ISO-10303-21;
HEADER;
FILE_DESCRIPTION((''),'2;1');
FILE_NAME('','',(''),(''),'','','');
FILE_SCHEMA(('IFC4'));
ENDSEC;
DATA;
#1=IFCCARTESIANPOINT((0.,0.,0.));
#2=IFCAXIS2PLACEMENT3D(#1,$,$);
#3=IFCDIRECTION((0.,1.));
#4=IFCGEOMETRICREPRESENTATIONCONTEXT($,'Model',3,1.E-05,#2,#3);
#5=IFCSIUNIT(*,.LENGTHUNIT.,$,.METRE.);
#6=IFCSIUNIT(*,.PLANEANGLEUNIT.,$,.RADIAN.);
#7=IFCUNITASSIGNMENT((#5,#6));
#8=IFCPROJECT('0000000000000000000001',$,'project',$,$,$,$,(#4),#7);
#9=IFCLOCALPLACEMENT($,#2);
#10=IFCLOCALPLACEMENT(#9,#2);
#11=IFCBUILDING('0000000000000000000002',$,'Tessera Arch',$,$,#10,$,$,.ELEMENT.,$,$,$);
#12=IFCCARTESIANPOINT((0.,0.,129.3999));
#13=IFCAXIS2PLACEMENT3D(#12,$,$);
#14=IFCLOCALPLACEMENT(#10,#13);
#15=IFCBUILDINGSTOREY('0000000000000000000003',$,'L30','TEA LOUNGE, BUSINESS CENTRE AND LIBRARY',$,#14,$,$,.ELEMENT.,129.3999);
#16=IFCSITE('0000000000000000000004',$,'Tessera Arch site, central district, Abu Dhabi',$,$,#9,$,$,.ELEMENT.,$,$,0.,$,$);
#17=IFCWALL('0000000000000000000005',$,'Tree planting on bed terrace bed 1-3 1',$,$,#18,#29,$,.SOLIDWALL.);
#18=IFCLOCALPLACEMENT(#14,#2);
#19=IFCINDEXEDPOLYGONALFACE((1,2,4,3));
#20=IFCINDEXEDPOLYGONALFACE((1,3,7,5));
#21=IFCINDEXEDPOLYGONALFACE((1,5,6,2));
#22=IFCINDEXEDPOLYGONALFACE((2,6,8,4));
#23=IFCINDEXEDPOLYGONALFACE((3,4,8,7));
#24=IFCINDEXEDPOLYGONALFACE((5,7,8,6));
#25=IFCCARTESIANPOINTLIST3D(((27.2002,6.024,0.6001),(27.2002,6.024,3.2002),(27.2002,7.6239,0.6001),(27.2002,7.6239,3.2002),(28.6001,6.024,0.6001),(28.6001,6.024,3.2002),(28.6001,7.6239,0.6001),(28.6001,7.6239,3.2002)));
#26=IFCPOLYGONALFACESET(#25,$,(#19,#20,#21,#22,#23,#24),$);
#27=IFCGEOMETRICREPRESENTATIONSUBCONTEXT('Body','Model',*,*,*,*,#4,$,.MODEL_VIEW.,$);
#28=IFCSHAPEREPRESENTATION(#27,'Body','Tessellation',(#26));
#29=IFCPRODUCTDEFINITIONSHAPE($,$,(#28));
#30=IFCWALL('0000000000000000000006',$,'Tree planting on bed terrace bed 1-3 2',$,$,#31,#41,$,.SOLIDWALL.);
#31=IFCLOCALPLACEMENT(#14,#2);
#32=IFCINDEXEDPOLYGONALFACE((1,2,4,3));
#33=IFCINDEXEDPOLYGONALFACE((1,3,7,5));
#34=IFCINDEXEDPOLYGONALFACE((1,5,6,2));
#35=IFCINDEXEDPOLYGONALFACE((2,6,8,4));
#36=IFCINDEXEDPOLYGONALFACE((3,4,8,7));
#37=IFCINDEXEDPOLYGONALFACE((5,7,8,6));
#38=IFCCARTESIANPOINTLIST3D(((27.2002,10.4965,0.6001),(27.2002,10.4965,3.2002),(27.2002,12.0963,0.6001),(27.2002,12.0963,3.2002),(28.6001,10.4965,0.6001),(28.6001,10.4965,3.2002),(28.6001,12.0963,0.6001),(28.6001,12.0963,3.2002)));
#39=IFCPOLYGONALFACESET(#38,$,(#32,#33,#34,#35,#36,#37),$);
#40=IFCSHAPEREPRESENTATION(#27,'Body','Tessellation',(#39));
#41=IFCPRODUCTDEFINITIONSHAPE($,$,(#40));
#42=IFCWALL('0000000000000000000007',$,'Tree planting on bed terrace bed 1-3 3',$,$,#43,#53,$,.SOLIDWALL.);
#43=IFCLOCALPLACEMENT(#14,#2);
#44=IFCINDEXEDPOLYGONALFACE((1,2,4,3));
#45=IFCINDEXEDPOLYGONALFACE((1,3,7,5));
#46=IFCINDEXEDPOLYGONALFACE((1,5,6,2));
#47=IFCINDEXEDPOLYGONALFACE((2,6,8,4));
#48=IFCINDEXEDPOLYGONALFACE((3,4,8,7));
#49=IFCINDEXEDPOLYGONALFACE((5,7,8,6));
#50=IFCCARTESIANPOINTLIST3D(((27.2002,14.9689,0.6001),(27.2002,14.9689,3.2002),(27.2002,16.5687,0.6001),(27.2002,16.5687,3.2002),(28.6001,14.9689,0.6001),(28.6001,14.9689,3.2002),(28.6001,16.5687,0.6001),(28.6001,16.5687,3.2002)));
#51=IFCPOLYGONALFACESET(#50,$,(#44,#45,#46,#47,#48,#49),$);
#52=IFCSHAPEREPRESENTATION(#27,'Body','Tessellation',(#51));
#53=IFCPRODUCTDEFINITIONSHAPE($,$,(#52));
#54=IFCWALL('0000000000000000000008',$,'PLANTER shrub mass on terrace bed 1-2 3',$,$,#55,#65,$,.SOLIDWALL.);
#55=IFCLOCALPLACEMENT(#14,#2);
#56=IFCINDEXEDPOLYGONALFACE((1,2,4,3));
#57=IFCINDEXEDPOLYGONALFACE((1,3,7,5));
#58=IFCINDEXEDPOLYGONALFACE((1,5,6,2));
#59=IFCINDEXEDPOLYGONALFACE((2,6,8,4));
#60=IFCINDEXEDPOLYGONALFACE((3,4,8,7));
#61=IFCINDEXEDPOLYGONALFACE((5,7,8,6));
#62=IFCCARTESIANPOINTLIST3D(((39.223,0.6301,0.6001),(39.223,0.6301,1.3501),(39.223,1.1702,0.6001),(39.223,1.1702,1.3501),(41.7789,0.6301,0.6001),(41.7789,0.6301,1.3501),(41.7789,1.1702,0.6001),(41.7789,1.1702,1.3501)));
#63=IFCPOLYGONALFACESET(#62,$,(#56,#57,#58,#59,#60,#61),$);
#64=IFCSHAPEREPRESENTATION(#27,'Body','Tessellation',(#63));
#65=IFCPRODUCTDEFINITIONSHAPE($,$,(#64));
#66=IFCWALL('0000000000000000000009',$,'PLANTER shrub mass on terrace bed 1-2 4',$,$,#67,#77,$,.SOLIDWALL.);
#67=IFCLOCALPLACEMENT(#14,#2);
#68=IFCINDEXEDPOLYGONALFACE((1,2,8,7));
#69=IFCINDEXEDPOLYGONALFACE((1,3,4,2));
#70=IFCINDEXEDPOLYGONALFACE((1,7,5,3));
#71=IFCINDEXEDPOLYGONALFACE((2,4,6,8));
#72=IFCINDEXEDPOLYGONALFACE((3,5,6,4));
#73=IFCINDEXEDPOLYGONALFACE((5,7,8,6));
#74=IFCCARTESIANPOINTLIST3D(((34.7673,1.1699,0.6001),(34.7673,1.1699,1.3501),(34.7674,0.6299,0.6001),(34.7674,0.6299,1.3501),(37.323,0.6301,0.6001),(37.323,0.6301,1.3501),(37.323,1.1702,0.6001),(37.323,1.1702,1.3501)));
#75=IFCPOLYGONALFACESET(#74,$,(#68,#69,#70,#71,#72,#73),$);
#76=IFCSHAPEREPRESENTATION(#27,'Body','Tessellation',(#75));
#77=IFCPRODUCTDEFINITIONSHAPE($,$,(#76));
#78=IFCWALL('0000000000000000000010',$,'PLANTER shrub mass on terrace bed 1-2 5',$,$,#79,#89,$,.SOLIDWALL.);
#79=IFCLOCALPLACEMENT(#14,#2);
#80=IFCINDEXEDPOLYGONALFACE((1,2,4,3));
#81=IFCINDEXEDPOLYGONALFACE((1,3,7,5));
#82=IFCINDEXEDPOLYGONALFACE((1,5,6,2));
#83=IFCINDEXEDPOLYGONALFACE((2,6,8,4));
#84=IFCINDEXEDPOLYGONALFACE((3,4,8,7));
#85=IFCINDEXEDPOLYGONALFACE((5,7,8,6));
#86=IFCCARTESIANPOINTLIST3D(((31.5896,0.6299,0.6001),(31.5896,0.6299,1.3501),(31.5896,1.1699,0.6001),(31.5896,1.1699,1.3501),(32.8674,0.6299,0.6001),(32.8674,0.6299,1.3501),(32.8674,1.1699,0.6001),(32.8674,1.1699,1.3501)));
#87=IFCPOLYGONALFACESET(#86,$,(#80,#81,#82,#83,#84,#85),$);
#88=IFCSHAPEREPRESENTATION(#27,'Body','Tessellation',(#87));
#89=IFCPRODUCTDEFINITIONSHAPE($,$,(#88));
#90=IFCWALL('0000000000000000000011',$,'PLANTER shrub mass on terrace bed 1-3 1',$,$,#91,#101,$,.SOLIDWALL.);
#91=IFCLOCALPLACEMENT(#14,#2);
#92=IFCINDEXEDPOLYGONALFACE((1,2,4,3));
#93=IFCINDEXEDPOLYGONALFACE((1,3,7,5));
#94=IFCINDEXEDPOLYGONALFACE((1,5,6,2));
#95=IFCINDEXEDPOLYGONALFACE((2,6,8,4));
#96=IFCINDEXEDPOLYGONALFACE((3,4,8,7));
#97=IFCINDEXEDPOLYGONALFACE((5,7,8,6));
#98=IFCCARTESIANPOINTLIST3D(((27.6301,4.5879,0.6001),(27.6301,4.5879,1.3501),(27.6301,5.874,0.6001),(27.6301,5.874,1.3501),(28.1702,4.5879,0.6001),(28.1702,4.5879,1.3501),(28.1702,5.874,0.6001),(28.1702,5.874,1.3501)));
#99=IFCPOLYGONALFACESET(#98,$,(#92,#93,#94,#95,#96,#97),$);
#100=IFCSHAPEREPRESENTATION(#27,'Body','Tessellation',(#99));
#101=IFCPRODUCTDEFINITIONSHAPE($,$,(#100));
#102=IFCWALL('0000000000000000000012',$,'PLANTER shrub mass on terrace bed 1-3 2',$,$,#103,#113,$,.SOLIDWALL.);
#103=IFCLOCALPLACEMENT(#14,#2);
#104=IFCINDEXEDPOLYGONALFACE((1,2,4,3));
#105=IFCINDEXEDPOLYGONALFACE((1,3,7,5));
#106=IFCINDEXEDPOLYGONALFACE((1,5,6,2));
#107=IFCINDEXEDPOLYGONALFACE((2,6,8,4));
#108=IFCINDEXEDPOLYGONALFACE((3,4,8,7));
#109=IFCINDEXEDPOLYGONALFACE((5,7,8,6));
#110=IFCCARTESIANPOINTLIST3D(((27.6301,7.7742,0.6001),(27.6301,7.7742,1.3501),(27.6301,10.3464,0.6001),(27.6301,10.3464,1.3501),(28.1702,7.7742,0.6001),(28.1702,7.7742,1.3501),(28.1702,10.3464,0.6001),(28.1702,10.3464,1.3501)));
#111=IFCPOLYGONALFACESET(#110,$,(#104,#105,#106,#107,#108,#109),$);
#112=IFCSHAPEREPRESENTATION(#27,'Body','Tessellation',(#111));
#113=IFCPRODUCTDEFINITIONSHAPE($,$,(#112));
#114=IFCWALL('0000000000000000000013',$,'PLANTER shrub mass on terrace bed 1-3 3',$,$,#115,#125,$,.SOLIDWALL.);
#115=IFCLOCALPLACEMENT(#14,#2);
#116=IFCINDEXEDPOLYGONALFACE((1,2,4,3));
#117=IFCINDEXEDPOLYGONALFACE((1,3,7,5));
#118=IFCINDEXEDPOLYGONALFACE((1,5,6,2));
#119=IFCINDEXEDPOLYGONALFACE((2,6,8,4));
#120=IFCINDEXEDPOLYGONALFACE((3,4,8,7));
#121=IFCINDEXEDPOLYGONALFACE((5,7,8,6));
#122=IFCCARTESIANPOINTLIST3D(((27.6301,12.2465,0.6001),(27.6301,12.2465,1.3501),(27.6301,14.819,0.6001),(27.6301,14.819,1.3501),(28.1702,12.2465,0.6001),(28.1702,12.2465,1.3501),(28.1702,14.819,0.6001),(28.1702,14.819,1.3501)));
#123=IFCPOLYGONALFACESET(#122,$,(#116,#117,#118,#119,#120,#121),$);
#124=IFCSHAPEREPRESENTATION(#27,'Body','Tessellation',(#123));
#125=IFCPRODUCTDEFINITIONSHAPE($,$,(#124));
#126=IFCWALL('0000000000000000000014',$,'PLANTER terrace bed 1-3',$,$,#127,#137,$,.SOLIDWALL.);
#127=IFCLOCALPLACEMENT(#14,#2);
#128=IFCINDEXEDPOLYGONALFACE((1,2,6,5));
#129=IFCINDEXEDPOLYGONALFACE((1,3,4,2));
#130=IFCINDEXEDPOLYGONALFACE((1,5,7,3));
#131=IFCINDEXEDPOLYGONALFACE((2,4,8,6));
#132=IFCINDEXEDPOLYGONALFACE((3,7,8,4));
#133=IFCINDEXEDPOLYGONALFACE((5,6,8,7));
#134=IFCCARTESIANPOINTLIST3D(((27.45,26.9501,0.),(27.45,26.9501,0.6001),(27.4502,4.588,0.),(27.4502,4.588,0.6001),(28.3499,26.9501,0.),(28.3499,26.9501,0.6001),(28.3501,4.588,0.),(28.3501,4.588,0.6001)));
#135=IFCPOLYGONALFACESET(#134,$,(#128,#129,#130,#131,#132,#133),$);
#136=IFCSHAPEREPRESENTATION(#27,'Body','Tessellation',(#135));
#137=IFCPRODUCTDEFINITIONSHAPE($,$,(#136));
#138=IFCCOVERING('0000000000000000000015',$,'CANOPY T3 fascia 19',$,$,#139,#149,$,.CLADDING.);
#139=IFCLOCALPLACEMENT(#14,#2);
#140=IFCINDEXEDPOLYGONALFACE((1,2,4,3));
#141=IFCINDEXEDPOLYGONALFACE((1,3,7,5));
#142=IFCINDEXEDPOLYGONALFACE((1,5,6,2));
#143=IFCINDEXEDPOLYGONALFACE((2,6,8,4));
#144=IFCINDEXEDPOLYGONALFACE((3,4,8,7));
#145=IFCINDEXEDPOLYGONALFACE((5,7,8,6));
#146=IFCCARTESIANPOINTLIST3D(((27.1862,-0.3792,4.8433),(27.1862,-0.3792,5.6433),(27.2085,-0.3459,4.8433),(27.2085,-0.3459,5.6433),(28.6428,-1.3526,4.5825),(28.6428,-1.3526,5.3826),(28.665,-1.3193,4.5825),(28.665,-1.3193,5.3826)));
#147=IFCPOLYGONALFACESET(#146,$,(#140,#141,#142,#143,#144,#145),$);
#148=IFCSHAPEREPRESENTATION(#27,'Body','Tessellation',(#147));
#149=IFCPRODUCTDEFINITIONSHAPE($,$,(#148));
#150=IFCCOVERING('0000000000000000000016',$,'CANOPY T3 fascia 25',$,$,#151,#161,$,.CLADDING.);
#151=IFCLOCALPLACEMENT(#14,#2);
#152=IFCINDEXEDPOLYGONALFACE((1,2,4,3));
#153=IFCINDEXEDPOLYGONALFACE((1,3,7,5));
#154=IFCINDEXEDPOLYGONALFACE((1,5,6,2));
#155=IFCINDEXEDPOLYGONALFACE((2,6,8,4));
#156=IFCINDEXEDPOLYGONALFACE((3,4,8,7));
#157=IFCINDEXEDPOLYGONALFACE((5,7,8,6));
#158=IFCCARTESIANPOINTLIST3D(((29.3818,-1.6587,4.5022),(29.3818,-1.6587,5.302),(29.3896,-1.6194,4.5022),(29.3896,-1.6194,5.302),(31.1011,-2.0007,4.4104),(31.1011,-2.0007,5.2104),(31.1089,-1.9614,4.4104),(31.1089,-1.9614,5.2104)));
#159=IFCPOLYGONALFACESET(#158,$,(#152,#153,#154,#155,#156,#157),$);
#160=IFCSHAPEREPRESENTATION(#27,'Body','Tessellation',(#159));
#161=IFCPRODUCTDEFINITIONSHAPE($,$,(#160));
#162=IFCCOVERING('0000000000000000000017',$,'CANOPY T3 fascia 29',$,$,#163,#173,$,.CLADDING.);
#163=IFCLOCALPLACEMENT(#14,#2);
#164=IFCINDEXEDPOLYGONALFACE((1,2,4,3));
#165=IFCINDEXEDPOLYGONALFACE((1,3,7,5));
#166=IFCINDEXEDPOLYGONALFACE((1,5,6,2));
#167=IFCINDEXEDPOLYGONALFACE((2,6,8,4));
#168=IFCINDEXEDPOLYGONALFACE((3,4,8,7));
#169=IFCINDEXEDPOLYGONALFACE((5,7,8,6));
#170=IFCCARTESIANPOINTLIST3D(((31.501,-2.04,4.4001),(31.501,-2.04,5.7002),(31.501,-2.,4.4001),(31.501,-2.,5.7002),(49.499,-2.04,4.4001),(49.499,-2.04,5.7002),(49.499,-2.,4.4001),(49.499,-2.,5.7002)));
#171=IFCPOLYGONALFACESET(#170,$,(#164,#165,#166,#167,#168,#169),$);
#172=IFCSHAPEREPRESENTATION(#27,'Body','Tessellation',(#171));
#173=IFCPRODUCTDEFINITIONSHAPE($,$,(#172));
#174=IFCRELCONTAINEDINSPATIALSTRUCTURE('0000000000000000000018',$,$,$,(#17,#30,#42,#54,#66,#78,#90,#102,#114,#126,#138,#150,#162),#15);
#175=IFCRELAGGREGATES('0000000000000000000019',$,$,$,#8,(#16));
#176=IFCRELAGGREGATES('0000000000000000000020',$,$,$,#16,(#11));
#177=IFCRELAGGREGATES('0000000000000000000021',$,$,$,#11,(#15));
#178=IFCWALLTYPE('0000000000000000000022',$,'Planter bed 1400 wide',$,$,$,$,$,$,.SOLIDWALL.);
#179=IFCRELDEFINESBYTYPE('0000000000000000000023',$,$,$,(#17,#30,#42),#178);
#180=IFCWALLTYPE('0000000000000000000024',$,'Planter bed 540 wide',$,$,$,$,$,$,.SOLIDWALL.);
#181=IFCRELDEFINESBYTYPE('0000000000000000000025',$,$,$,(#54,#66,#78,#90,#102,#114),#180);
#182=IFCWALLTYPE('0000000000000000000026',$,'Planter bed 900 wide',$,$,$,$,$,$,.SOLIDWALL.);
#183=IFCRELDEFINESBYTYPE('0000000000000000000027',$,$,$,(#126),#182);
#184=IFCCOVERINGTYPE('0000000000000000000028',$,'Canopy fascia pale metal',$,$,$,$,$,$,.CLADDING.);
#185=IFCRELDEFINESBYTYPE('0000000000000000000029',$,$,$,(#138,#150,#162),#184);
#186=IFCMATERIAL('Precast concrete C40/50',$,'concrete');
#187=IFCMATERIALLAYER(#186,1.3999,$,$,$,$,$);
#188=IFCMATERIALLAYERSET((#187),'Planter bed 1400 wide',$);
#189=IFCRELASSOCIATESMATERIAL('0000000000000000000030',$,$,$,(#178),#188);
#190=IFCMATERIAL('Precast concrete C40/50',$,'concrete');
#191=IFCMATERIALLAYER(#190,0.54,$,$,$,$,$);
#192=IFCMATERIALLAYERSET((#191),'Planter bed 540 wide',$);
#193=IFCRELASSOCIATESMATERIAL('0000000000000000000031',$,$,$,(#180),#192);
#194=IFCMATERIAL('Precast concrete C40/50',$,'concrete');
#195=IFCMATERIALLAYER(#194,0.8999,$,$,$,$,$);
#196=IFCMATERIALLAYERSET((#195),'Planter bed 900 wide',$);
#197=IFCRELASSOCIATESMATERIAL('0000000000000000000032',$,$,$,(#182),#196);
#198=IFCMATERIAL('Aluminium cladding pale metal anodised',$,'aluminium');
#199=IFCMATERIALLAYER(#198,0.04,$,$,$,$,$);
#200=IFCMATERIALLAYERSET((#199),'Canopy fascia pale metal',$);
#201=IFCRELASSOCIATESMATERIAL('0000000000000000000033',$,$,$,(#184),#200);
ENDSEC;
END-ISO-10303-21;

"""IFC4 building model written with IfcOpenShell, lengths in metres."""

from ifc_helpers import new_model, si_unit, direction, frame, frame_2d, origin, place, context, subcontext, project, spatial, polyline, rectangle, outline, extrude, material, layer, layer_set, type_object, element, save


model = new_model("IFC4")

# Units and contexts
model_context = context("Model", 3, precision=1e-05, world=origin(), true_north=direction((0.0, 1.0)))
body_context = subcontext(model_context, "Body", "Model", "MODEL_VIEW")
ifc_project = project(units=[si_unit("LENGTHUNIT", "METRE"), si_unit("PLANEANGLEUNIT", "RADIAN")], contexts=[model_context])

# Site, building, storey
site_placement = place(None, origin())
site = spatial("IfcSite", under=ifc_project, at=site_placement, Name="Tessera Arch site, central district, Abu Dhabi", CompositionType="ELEMENT", RefElevation=0.0)
building_placement = place(site_placement, origin())
building = spatial("IfcBuilding", under=site, at=building_placement, Name="Tessera Arch", CompositionType="ELEMENT")
storey_placement = place(building_placement, frame((0.0, 0.0, 129.3999)))
storey = spatial("IfcBuildingStorey", under=building, at=storey_placement, Name="L30", Description="TEA LOUNGE, BUSINESS CENTRE AND LIBRARY", CompositionType="ELEMENT", Elevation=129.3999)

# Walls
ifc_material_1 = material(Name="Precast concrete C40/50", Category="concrete")
ifc_layer_1 = layer(ifc_material_1, 1.3999)
ifc_layer_set_1 = layer_set([ifc_layer_1], Name="Planter bed 1400 wide")
wall_type_1 = type_object("IfcWallType", Name="Planter bed 1400 wide", PredefinedType="SOLIDWALL", material=ifc_layer_set_1)
for number, where, z_axis, x_axis, name in (
    (1, (27.9001, 6.0242, 0.6001), (0.0, 0.0, 1.0), (0.0, 1.0, 0.0), "Tree planting on bed terrace bed 1-3 1"),
    (2, (27.9001, 10.4966, 0.6001), (0.0, 0.0, 1.0), (0.0, 1.0, 0.0), "Tree planting on bed terrace bed 1-3 2"),
    (3, (27.9001, 14.969, 0.6001), (0.0, 0.0, 1.0), (0.0, 1.0, 0.0), "Tree planting on bed terrace bed 1-3 3"),
):
    element("IfcWall", number, at=place(storey_placement, frame(where, z_axis=z_axis, x_axis=x_axis)), inside=storey, type_object=wall_type_1, Name=name, PredefinedType="SOLIDWALL", context=body_context, shape_type="SweptSolid", body=[
        extrude(rectangle(XDim=1.5999, YDim=1.3999, at=frame_2d((0.7998, 0.0))), origin(), (0.0, 0.0, 1.0), 2.6001),
    ])
ifc_material_2 = material(Name="Precast concrete C40/50", Category="concrete")
ifc_layer_2 = layer(ifc_material_2, 0.54)
ifc_layer_set_2 = layer_set([ifc_layer_2], Name="Planter bed 540 wide")
wall_type_2 = type_object("IfcWallType", Name="Planter bed 540 wide", PredefinedType="SOLIDWALL", material=ifc_layer_set_2)
wall_1_placement = place(storey_placement, frame((41.7788, 0.9001, 0.6001), z_axis=(0.0, 0.0, 1.0), x_axis=(-1.0, 0.0, 0.0)))
element("IfcWall", 4, at=wall_1_placement, inside=storey, type_object=wall_type_2, Name="PLANTER shrub mass on terrace bed 1-2 3", PredefinedType="SOLIDWALL", context=body_context, shape_type="SweptSolid", body=[
    extrude(rectangle(XDim=2.5559, YDim=0.54, at=frame_2d((1.2778, 0.0))), origin(), (0.0, 0.0, 1.0), 0.75),
])
wall_2_placement = place(storey_placement, frame((37.323, 0.9001, 0.6001), z_axis=(0.0, 0.0, 1.0), x_axis=(-1.0, -0.000096, 0.0)))
element("IfcWall", 5, at=wall_2_placement, inside=storey, type_object=wall_type_2, Name="PLANTER shrub mass on terrace bed 1-2 4", PredefinedType="SOLIDWALL", context=body_context, shape_type="SweptSolid", body=[
    extrude(rectangle(XDim=2.5557, YDim=0.54, at=frame_2d((1.2778, 0.0))), origin(), (0.0, 0.0, 1.0), 0.75),
])
wall_3_placement = place(storey_placement, frame((32.8674, 0.8999, 0.6001), z_axis=(0.0, 0.0, 1.0), x_axis=(-1.0, 0.0, 0.0)))
element("IfcWall", 6, at=wall_3_placement, inside=storey, type_object=wall_type_2, Name="PLANTER shrub mass on terrace bed 1-2 5", PredefinedType="SOLIDWALL", context=body_context, shape_type="SweptSolid", body=[
    extrude(rectangle(XDim=1.2778, YDim=0.54, at=frame_2d((0.6389, 0.0))), origin(), (0.0, 0.0, 1.0), 0.75),
])
wall_4_placement = place(storey_placement, frame((27.9001, 4.5879, 0.6001), z_axis=(0.0, 0.0, 1.0), x_axis=(0.0, 1.0, 0.0)))
element("IfcWall", 7, at=wall_4_placement, inside=storey, type_object=wall_type_2, Name="PLANTER shrub mass on terrace bed 1-3 1", PredefinedType="SOLIDWALL", context=body_context, shape_type="SweptSolid", body=[
    extrude(rectangle(XDim=1.2861, YDim=0.54, at=frame_2d((0.6431, 0.0))), origin(), (0.0, 0.0, 1.0), 0.75),
])
wall_5_placement = place(storey_placement, frame((27.9001, 7.7742, 0.6001), z_axis=(0.0, 0.0, 1.0), x_axis=(0.0, 1.0, 0.0)))
element("IfcWall", 8, at=wall_5_placement, inside=storey, type_object=wall_type_2, Name="PLANTER shrub mass on terrace bed 1-3 2", PredefinedType="SOLIDWALL", context=body_context, shape_type="SweptSolid", body=[
    extrude(rectangle(XDim=2.5723, YDim=0.54, at=frame_2d((1.2861, 0.0))), origin(), (0.0, 0.0, 1.0), 0.75),
])
wall_6_placement = place(storey_placement, frame((27.9001, 12.2466, 0.6001), z_axis=(0.0, 0.0, 1.0), x_axis=(0.0, 1.0, 0.0)))
element("IfcWall", 9, at=wall_6_placement, inside=storey, type_object=wall_type_2, Name="PLANTER shrub mass on terrace bed 1-3 3", PredefinedType="SOLIDWALL", context=body_context, shape_type="SweptSolid", body=[
    extrude(rectangle(XDim=2.5725, YDim=0.54, at=frame_2d((1.2861, 0.0))), origin(), (0.0, 0.0, 1.0), 0.75),
])
ifc_material_3 = material(Name="Precast concrete C40/50", Category="concrete")
ifc_layer_3 = layer(ifc_material_3, 0.8999)
ifc_layer_set_3 = layer_set([ifc_layer_3], Name="Planter bed 900 wide")
wall_type_3 = type_object("IfcWallType", Name="Planter bed 900 wide", PredefinedType="SOLIDWALL", material=ifc_layer_set_3)
wall_7_placement = place(storey_placement, frame((27.9001, 4.5879, 0.0), z_axis=(0.0, 0.0, 1.0), x_axis=(-0.000011, 1.0, 0.0)))
element("IfcWall", 10, at=wall_7_placement, inside=storey, type_object=wall_type_3, Name="PLANTER terrace bed 1-3", PredefinedType="SOLIDWALL", context=body_context, shape_type="SweptSolid", body=[
    extrude(rectangle(XDim=22.3621, YDim=0.8999, at=frame_2d((11.1812, 0.0))), origin(), (0.0, 0.0, 1.0), 0.6001),
])

# Coverings
ifc_material_4 = material(Name="Aluminium cladding pale metal anodised", Category="aluminium")
ifc_layer_4 = layer(ifc_material_4, 0.04)
ifc_layer_set_4 = layer_set([ifc_layer_4], Name="Canopy fascia pale metal")
covering_type_1 = type_object("IfcCoveringType", Name="Canopy fascia pale metal", PredefinedType="CLADDING", material=ifc_layer_set_4)
covering_1_placement = place(storey_placement, frame((27.2085, -0.3459, 5.6433), z_axis=(0.555632, 0.831428, 0.0), x_axis=(0.822369, -0.549579, -0.147216)))
element("IfcCovering", 11, at=covering_1_placement, inside=storey, type_object=covering_type_1, Name="CANOPY T3 fascia 19", PredefinedType="CLADDING", context=body_context, shape_type="SweptSolid", body=[
    extrude(outline(polyline([(0.0, 0.0), (1.7712, 0.0), (1.8889, 0.7913), (0.1178, 0.7913), (0.0, 0.0)])), origin(), (0.0, 0.0, -1.0), 0.04),
])
covering_2_placement = place(storey_placement, frame((29.3896, -1.6194, 5.302), z_axis=(0.195125, 0.980778, 0.0), x_axis=(0.979443, -0.194859, -0.052157)))
element("IfcCovering", 12, at=covering_2_placement, inside=storey, type_object=covering_type_1, Name="CANOPY T3 fascia 25", PredefinedType="CLADDING", context=body_context, shape_type="SweptSolid", body=[
    extrude(outline(polyline([(0.0, 0.0), (1.7553, 0.0), (1.7971, 0.799), (0.0417, 0.7987), (0.0, 0.0)])), origin(), (0.0, 0.0, -1.0), 0.04),
])
covering_3_placement = place(storey_placement, frame((31.501, -2.0, 5.7002), z_axis=(0.0, 1.0, 0.0), x_axis=(1.0, 0.0, 0.0)))
element("IfcCovering", 13, at=covering_3_placement, inside=storey, type_object=covering_type_1, Name="CANOPY T3 fascia 29", PredefinedType="CLADDING", context=body_context, shape_type="SweptSolid", body=[
    extrude(outline(polyline([(0.0, 0.0), (17.998, 0.0), (17.998, 1.3), (0.0, 1.3), (0.0, 0.0)])), origin(), (0.0, 0.0, -1.0), 0.04),
])

save(model, "model.ifc")
